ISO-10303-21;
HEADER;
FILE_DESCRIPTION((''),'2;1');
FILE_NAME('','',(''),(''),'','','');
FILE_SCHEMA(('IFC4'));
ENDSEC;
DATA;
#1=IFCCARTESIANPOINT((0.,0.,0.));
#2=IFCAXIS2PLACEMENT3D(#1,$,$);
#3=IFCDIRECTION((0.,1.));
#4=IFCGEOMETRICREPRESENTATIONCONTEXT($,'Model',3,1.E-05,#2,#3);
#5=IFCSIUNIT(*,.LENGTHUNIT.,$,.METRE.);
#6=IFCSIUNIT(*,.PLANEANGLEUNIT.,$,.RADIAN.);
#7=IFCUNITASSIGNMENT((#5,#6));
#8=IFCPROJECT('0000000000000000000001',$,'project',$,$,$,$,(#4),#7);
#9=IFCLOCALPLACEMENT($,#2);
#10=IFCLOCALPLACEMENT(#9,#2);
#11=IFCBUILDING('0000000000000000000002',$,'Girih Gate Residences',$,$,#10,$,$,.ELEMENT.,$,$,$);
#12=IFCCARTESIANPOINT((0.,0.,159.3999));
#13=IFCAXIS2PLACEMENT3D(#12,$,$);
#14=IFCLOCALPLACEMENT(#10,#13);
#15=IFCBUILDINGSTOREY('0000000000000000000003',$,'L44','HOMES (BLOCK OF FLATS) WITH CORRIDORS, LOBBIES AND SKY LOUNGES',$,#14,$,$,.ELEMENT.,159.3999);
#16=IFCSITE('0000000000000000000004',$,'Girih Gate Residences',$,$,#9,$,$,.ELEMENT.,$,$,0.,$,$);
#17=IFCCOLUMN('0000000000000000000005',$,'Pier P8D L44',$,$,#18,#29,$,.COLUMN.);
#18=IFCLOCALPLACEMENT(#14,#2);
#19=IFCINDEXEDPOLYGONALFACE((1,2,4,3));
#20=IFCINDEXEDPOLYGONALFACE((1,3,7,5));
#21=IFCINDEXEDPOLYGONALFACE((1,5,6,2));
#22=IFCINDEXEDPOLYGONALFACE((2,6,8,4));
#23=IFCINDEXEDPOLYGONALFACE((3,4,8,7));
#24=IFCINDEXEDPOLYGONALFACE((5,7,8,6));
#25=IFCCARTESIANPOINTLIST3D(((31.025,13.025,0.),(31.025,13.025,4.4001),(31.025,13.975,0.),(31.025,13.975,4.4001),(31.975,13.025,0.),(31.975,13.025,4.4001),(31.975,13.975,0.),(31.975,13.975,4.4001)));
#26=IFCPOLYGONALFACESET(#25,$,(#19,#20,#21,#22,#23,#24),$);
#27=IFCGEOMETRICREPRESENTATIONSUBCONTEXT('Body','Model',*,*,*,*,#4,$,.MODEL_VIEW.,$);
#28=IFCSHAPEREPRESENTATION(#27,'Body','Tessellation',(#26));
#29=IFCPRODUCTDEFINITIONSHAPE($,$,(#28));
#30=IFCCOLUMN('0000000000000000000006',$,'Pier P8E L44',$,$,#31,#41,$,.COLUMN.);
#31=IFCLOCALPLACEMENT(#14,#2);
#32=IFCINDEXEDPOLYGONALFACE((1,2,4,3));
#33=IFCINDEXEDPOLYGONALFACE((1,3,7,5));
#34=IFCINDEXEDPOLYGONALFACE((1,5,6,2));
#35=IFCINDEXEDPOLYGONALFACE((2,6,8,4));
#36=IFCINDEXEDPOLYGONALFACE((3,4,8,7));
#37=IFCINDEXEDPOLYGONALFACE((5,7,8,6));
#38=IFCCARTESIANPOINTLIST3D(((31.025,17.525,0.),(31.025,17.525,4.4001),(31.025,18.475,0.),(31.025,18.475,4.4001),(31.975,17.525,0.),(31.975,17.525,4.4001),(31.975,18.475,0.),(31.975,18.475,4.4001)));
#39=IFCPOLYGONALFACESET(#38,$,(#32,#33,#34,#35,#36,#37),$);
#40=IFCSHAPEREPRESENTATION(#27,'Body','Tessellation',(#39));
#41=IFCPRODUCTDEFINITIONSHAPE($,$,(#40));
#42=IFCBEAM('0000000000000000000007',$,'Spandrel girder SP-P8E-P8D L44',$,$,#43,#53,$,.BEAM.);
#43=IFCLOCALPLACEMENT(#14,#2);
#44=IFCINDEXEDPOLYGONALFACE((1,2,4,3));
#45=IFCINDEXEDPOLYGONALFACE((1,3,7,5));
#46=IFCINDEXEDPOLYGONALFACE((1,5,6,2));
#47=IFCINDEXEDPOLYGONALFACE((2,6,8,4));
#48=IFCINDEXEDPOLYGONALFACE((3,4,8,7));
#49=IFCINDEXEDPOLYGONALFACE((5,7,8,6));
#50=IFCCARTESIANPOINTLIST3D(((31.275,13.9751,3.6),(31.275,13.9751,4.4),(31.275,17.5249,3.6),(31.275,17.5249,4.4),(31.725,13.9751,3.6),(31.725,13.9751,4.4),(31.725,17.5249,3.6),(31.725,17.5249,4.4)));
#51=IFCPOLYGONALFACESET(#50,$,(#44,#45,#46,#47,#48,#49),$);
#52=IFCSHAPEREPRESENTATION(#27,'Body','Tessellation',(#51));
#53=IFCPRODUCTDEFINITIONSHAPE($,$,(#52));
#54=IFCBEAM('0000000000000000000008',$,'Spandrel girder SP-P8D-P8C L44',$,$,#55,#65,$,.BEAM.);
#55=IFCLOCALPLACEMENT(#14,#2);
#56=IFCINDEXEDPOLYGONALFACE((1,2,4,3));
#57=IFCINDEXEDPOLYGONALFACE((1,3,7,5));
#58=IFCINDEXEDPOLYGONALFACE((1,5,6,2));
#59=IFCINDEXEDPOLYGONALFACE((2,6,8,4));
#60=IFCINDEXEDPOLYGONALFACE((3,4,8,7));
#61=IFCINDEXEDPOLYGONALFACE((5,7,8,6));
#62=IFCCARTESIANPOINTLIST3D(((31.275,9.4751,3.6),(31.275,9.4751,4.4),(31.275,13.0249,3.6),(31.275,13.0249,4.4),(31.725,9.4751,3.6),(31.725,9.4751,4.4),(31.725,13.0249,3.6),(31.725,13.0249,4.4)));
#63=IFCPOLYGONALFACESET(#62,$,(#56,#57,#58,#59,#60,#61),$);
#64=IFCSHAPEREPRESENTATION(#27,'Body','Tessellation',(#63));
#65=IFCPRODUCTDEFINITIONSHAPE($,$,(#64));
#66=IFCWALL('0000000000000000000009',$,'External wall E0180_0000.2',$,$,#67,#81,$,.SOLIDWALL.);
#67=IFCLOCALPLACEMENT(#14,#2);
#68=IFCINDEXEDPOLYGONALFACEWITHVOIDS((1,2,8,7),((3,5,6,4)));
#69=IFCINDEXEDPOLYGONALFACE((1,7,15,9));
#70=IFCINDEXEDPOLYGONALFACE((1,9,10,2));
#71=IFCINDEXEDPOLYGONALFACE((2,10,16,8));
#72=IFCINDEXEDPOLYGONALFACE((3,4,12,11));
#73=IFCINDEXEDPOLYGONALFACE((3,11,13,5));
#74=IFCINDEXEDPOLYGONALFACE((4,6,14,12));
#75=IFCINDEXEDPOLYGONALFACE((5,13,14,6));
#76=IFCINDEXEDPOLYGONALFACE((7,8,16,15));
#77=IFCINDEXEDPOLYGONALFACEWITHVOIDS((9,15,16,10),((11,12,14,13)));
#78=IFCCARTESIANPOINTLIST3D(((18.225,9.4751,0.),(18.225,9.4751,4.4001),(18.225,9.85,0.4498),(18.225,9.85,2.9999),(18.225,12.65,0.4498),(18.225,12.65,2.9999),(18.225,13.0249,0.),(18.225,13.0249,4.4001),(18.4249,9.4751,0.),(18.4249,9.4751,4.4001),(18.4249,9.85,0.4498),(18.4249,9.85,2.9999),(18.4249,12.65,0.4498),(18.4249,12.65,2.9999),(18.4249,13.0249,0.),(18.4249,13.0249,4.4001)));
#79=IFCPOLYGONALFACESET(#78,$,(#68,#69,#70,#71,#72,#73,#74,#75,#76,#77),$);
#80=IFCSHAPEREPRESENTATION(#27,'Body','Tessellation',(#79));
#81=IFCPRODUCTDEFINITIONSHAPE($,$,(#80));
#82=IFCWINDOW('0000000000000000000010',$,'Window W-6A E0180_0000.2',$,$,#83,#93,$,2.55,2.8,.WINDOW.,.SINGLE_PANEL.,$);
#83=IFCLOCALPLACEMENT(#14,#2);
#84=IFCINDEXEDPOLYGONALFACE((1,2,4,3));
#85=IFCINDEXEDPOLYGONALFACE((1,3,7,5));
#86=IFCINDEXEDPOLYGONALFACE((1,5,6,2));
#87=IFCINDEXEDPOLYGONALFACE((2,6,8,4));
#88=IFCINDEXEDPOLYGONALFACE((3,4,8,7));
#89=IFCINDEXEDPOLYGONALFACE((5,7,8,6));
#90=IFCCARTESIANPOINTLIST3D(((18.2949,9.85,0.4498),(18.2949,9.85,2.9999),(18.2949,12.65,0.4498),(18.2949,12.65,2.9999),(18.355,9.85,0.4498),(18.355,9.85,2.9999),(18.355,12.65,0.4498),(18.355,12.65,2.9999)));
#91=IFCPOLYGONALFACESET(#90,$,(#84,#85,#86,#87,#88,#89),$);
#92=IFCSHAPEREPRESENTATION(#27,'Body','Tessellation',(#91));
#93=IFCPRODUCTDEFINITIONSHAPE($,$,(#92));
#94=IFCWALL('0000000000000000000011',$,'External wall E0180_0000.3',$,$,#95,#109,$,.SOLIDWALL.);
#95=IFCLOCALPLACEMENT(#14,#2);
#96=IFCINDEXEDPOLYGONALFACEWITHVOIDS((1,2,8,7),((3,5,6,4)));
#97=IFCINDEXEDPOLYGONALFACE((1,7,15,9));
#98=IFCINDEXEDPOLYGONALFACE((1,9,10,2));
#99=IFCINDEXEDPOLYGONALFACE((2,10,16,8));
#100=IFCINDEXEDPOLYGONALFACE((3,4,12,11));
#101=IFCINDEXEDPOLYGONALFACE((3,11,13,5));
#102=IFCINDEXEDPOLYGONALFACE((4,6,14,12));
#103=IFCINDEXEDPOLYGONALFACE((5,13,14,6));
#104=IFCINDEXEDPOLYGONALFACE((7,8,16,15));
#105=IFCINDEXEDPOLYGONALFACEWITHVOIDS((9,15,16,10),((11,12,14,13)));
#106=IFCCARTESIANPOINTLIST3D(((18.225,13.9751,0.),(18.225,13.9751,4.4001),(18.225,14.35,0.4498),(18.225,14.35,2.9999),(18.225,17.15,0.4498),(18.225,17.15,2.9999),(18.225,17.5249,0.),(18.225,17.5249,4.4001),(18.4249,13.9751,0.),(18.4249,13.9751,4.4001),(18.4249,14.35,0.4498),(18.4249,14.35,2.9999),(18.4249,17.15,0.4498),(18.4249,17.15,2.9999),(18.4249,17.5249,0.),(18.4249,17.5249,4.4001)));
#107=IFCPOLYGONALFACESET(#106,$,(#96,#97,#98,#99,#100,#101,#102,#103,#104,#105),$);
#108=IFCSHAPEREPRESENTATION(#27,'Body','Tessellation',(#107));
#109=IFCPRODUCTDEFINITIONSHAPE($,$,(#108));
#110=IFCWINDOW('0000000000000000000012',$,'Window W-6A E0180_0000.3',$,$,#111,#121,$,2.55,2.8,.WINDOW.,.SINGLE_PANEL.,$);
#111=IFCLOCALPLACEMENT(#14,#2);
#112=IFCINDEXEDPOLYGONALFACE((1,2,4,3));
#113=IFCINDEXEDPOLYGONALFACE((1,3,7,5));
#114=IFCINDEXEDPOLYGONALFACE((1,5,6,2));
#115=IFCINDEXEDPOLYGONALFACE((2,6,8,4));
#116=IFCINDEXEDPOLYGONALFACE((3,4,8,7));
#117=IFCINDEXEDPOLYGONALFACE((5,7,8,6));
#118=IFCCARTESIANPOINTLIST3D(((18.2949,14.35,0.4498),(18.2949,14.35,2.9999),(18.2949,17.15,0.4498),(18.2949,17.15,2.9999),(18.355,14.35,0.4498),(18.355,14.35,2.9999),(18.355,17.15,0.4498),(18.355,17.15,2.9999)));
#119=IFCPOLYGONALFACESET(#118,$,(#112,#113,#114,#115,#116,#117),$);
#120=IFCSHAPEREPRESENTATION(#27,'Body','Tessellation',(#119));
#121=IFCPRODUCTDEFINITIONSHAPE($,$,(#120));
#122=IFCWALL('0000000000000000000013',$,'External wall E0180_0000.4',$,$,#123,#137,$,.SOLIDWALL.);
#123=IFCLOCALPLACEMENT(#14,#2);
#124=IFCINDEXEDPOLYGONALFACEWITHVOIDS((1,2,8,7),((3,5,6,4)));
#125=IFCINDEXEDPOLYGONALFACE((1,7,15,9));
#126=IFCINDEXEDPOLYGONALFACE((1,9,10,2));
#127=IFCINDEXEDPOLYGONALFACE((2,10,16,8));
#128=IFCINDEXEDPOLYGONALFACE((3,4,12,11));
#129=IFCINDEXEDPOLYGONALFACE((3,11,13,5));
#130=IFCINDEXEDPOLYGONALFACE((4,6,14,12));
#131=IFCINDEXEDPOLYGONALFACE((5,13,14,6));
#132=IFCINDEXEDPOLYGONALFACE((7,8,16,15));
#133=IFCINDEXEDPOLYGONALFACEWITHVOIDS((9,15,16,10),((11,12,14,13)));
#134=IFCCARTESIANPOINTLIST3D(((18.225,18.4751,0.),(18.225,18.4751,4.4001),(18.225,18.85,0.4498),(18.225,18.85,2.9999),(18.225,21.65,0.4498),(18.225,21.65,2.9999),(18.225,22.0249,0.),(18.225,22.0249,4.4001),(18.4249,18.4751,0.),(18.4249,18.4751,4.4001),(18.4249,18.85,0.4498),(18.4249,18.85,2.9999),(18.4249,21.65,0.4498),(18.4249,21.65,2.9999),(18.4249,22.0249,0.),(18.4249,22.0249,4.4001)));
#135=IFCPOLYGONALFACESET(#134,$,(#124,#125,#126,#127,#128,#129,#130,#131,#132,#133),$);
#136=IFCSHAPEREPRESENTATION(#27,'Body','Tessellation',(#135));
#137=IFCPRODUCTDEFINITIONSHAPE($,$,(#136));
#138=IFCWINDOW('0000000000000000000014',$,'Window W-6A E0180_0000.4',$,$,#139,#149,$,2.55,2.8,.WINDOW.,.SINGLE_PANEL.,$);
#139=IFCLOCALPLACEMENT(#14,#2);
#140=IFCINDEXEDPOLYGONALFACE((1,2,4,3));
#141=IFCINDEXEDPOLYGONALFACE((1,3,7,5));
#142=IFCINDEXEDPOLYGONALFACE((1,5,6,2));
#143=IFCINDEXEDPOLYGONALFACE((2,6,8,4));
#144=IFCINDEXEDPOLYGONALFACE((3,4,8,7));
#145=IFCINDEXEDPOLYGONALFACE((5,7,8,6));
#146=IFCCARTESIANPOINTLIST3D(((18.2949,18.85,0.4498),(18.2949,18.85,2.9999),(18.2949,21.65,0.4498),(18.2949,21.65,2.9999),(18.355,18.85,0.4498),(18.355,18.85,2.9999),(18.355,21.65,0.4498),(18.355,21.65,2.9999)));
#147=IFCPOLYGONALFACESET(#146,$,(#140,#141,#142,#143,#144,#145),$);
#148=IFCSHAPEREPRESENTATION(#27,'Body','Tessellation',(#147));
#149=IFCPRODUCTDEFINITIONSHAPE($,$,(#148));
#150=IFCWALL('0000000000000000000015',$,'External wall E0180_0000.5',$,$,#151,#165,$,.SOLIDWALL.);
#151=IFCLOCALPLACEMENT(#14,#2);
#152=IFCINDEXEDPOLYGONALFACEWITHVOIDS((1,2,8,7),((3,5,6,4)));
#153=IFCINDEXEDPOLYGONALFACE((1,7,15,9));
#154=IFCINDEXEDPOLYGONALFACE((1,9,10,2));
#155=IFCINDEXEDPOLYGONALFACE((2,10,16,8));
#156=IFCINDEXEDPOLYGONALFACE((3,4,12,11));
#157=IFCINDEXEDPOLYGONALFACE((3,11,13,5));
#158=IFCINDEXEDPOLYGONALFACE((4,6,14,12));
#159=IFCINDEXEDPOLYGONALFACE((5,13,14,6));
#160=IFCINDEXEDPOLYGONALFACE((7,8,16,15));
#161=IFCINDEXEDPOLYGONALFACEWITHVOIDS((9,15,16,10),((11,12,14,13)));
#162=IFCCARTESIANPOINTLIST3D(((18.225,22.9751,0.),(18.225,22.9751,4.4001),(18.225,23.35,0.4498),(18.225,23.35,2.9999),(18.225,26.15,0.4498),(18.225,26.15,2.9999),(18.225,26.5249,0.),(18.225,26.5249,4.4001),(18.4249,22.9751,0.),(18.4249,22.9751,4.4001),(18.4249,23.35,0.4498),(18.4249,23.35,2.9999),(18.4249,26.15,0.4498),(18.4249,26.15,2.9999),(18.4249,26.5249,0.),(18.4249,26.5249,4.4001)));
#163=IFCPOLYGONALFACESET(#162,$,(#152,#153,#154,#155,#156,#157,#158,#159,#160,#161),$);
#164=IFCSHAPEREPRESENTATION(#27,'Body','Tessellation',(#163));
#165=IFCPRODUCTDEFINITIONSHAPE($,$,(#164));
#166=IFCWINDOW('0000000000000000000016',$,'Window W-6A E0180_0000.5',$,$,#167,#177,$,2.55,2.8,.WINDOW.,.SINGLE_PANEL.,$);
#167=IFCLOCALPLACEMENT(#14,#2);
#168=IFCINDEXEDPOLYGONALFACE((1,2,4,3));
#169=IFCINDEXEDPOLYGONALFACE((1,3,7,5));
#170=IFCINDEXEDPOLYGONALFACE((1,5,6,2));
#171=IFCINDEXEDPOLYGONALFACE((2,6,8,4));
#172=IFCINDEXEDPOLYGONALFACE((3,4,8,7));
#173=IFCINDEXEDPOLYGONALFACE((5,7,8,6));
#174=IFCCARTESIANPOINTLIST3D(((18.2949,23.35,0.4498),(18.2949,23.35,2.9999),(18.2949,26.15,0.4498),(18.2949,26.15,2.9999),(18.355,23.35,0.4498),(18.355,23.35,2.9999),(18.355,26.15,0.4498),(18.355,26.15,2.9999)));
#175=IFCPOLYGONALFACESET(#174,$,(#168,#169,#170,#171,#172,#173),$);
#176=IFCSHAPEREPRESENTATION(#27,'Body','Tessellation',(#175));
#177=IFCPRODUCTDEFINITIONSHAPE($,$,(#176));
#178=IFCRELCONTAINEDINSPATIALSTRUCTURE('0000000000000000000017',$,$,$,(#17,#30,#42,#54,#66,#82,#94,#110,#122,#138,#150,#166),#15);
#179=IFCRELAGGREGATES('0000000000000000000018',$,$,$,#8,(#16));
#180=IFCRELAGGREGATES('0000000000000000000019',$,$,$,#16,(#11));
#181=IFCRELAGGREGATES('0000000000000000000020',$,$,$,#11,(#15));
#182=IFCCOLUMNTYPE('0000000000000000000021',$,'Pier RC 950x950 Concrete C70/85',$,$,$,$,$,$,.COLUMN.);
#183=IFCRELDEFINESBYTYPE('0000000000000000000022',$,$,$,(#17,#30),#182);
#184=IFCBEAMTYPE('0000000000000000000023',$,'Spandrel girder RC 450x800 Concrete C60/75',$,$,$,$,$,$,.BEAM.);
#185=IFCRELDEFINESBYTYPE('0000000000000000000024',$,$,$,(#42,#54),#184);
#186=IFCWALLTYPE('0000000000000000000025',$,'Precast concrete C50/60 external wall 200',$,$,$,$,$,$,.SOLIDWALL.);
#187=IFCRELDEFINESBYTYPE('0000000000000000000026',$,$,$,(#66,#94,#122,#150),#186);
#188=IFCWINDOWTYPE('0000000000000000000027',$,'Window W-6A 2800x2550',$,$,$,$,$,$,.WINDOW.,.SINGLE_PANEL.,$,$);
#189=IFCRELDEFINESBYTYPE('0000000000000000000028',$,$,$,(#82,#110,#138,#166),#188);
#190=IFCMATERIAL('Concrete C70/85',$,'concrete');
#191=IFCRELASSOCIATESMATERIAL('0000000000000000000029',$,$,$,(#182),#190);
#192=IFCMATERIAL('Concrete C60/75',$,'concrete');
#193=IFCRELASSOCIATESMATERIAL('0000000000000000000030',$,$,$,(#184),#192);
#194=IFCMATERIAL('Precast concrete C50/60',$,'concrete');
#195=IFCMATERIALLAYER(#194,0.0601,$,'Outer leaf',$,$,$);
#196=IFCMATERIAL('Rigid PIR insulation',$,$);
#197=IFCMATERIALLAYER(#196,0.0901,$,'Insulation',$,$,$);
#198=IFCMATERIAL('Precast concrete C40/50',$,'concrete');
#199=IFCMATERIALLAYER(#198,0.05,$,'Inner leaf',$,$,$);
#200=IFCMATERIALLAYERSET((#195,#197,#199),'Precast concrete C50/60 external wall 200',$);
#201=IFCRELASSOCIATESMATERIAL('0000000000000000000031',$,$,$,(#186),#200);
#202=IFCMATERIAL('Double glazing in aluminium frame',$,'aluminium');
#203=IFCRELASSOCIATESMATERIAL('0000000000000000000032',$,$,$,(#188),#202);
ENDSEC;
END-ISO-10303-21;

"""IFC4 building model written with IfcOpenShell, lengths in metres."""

from ifc_helpers import new_model, si_unit, direction, frame, frame_2d, origin, origin_2d, place, context, subcontext, project, spatial, rectangle, extrude, material, layer, layer_set, material_profile, profile_set, type_object, element, fill, save


model = new_model("IFC4")

# Units and contexts
model_context = context("Model", 3, precision=1e-05, world=origin(), true_north=direction((0.0, 1.0)))
body_context = subcontext(model_context, "Body", "Model", "MODEL_VIEW")
ifc_project = project(units=[si_unit("LENGTHUNIT", "METRE"), si_unit("PLANEANGLEUNIT", "RADIAN")], contexts=[model_context])

# Site, building, storey
site_placement = place(None, origin())
site = spatial("IfcSite", under=ifc_project, at=site_placement, Name="Girih Gate Residences", CompositionType="ELEMENT", RefElevation=0.0)
building_placement = place(site_placement, origin())
building = spatial("IfcBuilding", under=site, at=building_placement, Name="Girih Gate Residences", CompositionType="ELEMENT")
storey_placement = place(building_placement, frame((0.0, 0.0, 159.3999)))
storey = spatial("IfcBuildingStorey", under=building, at=storey_placement, Name="L44", Description="HOMES (BLOCK OF FLATS) WITH CORRIDORS, LOBBIES AND SKY LOUNGES", CompositionType="ELEMENT", Elevation=159.3999)

# Columns
ifc_material_1 = material(Name="Concrete C70/85", Category="concrete")
ifc_material_profile_1 = material_profile(ifc_material_1, rectangle(XDim=0.95, YDim=0.95, at=origin_2d()))
ifc_profile_set_1 = profile_set([ifc_material_profile_1], Name="Concrete C70/85")
column_type = type_object("IfcColumnType", Name="Pier RC 950x950 Concrete C70/85", PredefinedType="COLUMN", material=ifc_profile_set_1)
for number, where, z_axis, x_axis, name in (
    (1, (31.5, 13.5, 0.0), (0.0, 0.0, 1.0), (1.0, 0.0, 0.0), "Pier P8D L44"),
    (2, (31.5, 18.0, 0.0), (0.0, 0.0, 1.0), (1.0, 0.0, 0.0), "Pier P8E L44"),
):
    element("IfcColumn", number, at=place(storey_placement, frame(where, z_axis=z_axis, x_axis=x_axis)), inside=storey, type_object=column_type, Name=name, PredefinedType="COLUMN", context=body_context, shape_type="SweptSolid", body=[
        extrude(rectangle(XDim=0.95, YDim=0.95, at=origin_2d()), origin(), (0.0, 0.0, 1.0), 4.4001),
    ])

# Beams
ifc_material_2 = material(Name="Concrete C60/75", Category="concrete")
ifc_material_profile_2 = material_profile(ifc_material_2, rectangle(XDim=0.45, YDim=0.8, at=origin_2d()))
ifc_profile_set_2 = profile_set([ifc_material_profile_2], Name="Concrete C60/75")
beam_type = type_object("IfcBeamType", Name="Spandrel girder RC 450x800 Concrete C60/75", PredefinedType="BEAM", material=ifc_profile_set_2)
for number, where, z_axis, x_axis, name in (
    (3, (31.5, 17.5249, 4.0), (0.0, -1.0, 0.0), (1.0, 0.0, 0.0), "Spandrel girder SP-P8E-P8D L44"),
    (4, (31.5, 13.0249, 4.0), (0.0, -1.0, 0.0), (1.0, 0.0, 0.0), "Spandrel girder SP-P8D-P8C L44"),
):
    element("IfcBeam", number, at=place(storey_placement, frame(where, z_axis=z_axis, x_axis=x_axis)), inside=storey, type_object=beam_type, Name=name, PredefinedType="BEAM", context=body_context, shape_type="SweptSolid", body=[
        extrude(rectangle(XDim=0.45, YDim=0.8, at=origin_2d()), origin(), (0.0, 0.0, 1.0), 3.5498),
    ])

# Walls, openings, windows
ifc_material_3 = material(Name="Precast concrete C50/60", Category="concrete")
ifc_layer_1 = layer(ifc_material_3, 0.0601, Name="Outer leaf")
ifc_material_4 = material(Name="Rigid PIR insulation")
ifc_layer_2 = layer(ifc_material_4, 0.0901, Name="Insulation")
ifc_material_5 = material(Name="Precast concrete C40/50", Category="concrete")
ifc_layer_3 = layer(ifc_material_5, 0.05, Name="Inner leaf")
ifc_layer_set = layer_set([ifc_layer_1, ifc_layer_2, ifc_layer_3], Name="Precast concrete C50/60 external wall 200")
wall_type = type_object("IfcWallType", Name="Precast concrete C50/60 external wall 200", PredefinedType="SOLIDWALL", material=ifc_layer_set)
wall_1_placement = place(storey_placement, frame((18.325, 13.0249, 0.0), z_axis=(0.0, 0.0, 1.0), x_axis=(0.0, -1.0, 0.0)))
wall_1 = element("IfcWall", 5, at=wall_1_placement, inside=storey, type_object=wall_type, Name="External wall E0180_0000.2", PredefinedType="SOLIDWALL", context=body_context, shape_type="SweptSolid", body=[
    extrude(rectangle(XDim=3.5498, YDim=0.2, at=frame_2d((1.7749, 0.0))), origin(), (0.0, 0.0, 1.0), 4.4001),
])
opening_1_placement = place(wall_1_placement, frame((0.375, 0.0, 0.45)))
opening_1 = element("IfcOpeningElement", 6, at=opening_1_placement, cuts=wall_1, PredefinedType="OPENING", context=body_context, shape_type="SweptSolid", body=[
    extrude(rectangle(XDim=2.8, YDim=2.55, at=frame_2d((1.3999, 1.2749))), frame((0.0, 0.1099, 0.0), z_axis=(0.0, -1.0, 0.0), x_axis=(1.0, 0.0, 0.0)), (0.0, 0.0, 1.0), 0.22),
])
ifc_material_6 = material(Name="Double glazing in aluminium frame", Category="aluminium")
window_type = type_object("IfcWindowType", Name="Window W-6A 2800x2550", PartitioningType="SINGLE_PANEL", PredefinedType="WINDOW", material=ifc_material_6)
window_1_placement = place(opening_1_placement, origin())
window_1 = element("IfcWindow", 7, at=window_1_placement, inside=storey, type_object=window_type, Name="Window W-6A E0180_0000.2", OverallHeight=2.55, OverallWidth=2.8, PartitioningType="SINGLE_PANEL", PredefinedType="WINDOW", context=body_context, shape_type="SweptSolid", body=[
    extrude(rectangle(XDim=2.8, YDim=2.55, at=frame_2d((1.3999, 1.2749))), frame((0.0, 0.03, 0.0), z_axis=(0.0, -1.0, 0.0), x_axis=(1.0, 0.0, 0.0)), (0.0, 0.0, 1.0), 0.0601),
])
fill(opening_1, window_1)
wall_2_placement = place(storey_placement, frame((18.325, 17.5249, 0.0), z_axis=(0.0, 0.0, 1.0), x_axis=(0.0, -1.0, 0.0)))
wall_2 = element("IfcWall", 8, at=wall_2_placement, inside=storey, type_object=wall_type, Name="External wall E0180_0000.3", PredefinedType="SOLIDWALL", context=body_context, shape_type="SweptSolid", body=[
    extrude(rectangle(XDim=3.5498, YDim=0.2, at=frame_2d((1.7749, 0.0))), origin(), (0.0, 0.0, 1.0), 4.4001),
])
opening_2_placement = place(wall_2_placement, frame((0.375, 0.0, 0.45)))
opening_2 = element("IfcOpeningElement", 9, at=opening_2_placement, cuts=wall_2, PredefinedType="OPENING", context=body_context, shape_type="SweptSolid", body=[
    extrude(rectangle(XDim=2.8, YDim=2.55, at=frame_2d((1.3999, 1.2749))), frame((0.0, 0.1099, 0.0), z_axis=(0.0, -1.0, 0.0), x_axis=(1.0, 0.0, 0.0)), (0.0, 0.0, 1.0), 0.22),
])
window_2_placement = place(opening_2_placement, origin())
window_2 = element("IfcWindow", 10, at=window_2_placement, inside=storey, type_object=window_type, Name="Window W-6A E0180_0000.3", OverallHeight=2.55, OverallWidth=2.8, PartitioningType="SINGLE_PANEL", PredefinedType="WINDOW", context=body_context, shape_type="SweptSolid", body=[
    extrude(rectangle(XDim=2.8, YDim=2.55, at=frame_2d((1.3999, 1.2749))), frame((0.0, 0.03, 0.0), z_axis=(0.0, -1.0, 0.0), x_axis=(1.0, 0.0, 0.0)), (0.0, 0.0, 1.0), 0.0601),
])
fill(opening_2, window_2)
wall_3_placement = place(storey_placement, frame((18.325, 22.0249, 0.0), z_axis=(0.0, 0.0, 1.0), x_axis=(0.0, -1.0, 0.0)))
wall_3 = element("IfcWall", 11, at=wall_3_placement, inside=storey, type_object=wall_type, Name="External wall E0180_0000.4", PredefinedType="SOLIDWALL", context=body_context, shape_type="SweptSolid", body=[
    extrude(rectangle(XDim=3.5498, YDim=0.2, at=frame_2d((1.7749, 0.0))), origin(), (0.0, 0.0, 1.0), 4.4001),
])
opening_3_placement = place(wall_3_placement, frame((0.375, 0.0, 0.45)))
opening_3 = element("IfcOpeningElement", 12, at=opening_3_placement, cuts=wall_3, PredefinedType="OPENING", context=body_context, shape_type="SweptSolid", body=[
    extrude(rectangle(XDim=2.8, YDim=2.55, at=frame_2d((1.3999, 1.2749))), frame((0.0, 0.1099, 0.0), z_axis=(0.0, -1.0, 0.0), x_axis=(1.0, 0.0, 0.0)), (0.0, 0.0, 1.0), 0.22),
])
window_3_placement = place(opening_3_placement, origin())
window_3 = element("IfcWindow", 13, at=window_3_placement, inside=storey, type_object=window_type, Name="Window W-6A E0180_0000.4", OverallHeight=2.55, OverallWidth=2.8, PartitioningType="SINGLE_PANEL", PredefinedType="WINDOW", context=body_context, shape_type="SweptSolid", body=[
    extrude(rectangle(XDim=2.8, YDim=2.55, at=frame_2d((1.3999, 1.2749))), frame((0.0, 0.03, 0.0), z_axis=(0.0, -1.0, 0.0), x_axis=(1.0, 0.0, 0.0)), (0.0, 0.0, 1.0), 0.0601),
])
fill(opening_3, window_3)
wall_4_placement = place(storey_placement, frame((18.325, 26.5249, 0.0), z_axis=(0.0, 0.0, 1.0), x_axis=(0.0, -1.0, 0.0)))
wall_4 = element("IfcWall", 14, at=wall_4_placement, inside=storey, type_object=wall_type, Name="External wall E0180_0000.5", PredefinedType="SOLIDWALL", context=body_context, shape_type="SweptSolid", body=[
    extrude(rectangle(XDim=3.5498, YDim=0.2, at=frame_2d((1.7749, 0.0))), origin(), (0.0, 0.0, 1.0), 4.4001),
])
opening_4_placement = place(wall_4_placement, frame((0.375, 0.0, 0.45)))
opening_4 = element("IfcOpeningElement", 15, at=opening_4_placement, cuts=wall_4, PredefinedType="OPENING", context=body_context, shape_type="SweptSolid", body=[
    extrude(rectangle(XDim=2.8, YDim=2.55, at=frame_2d((1.3999, 1.2749))), frame((0.0, 0.1099, 0.0), z_axis=(0.0, -1.0, 0.0), x_axis=(1.0, 0.0, 0.0)), (0.0, 0.0, 1.0), 0.22),
])
window_4_placement = place(opening_4_placement, origin())
window_4 = element("IfcWindow", 16, at=window_4_placement, inside=storey, type_object=window_type, Name="Window W-6A E0180_0000.5", OverallHeight=2.55, OverallWidth=2.8, PartitioningType="SINGLE_PANEL", PredefinedType="WINDOW", context=body_context, shape_type="SweptSolid", body=[
    extrude(rectangle(XDim=2.8, YDim=2.55, at=frame_2d((1.3999, 1.2749))), frame((0.0, 0.03, 0.0), z_axis=(0.0, -1.0, 0.0), x_axis=(1.0, 0.0, 0.0)), (0.0, 0.0, 1.0), 0.0601),
])
fill(opening_4, window_4)

save(model, "model.ifc")
